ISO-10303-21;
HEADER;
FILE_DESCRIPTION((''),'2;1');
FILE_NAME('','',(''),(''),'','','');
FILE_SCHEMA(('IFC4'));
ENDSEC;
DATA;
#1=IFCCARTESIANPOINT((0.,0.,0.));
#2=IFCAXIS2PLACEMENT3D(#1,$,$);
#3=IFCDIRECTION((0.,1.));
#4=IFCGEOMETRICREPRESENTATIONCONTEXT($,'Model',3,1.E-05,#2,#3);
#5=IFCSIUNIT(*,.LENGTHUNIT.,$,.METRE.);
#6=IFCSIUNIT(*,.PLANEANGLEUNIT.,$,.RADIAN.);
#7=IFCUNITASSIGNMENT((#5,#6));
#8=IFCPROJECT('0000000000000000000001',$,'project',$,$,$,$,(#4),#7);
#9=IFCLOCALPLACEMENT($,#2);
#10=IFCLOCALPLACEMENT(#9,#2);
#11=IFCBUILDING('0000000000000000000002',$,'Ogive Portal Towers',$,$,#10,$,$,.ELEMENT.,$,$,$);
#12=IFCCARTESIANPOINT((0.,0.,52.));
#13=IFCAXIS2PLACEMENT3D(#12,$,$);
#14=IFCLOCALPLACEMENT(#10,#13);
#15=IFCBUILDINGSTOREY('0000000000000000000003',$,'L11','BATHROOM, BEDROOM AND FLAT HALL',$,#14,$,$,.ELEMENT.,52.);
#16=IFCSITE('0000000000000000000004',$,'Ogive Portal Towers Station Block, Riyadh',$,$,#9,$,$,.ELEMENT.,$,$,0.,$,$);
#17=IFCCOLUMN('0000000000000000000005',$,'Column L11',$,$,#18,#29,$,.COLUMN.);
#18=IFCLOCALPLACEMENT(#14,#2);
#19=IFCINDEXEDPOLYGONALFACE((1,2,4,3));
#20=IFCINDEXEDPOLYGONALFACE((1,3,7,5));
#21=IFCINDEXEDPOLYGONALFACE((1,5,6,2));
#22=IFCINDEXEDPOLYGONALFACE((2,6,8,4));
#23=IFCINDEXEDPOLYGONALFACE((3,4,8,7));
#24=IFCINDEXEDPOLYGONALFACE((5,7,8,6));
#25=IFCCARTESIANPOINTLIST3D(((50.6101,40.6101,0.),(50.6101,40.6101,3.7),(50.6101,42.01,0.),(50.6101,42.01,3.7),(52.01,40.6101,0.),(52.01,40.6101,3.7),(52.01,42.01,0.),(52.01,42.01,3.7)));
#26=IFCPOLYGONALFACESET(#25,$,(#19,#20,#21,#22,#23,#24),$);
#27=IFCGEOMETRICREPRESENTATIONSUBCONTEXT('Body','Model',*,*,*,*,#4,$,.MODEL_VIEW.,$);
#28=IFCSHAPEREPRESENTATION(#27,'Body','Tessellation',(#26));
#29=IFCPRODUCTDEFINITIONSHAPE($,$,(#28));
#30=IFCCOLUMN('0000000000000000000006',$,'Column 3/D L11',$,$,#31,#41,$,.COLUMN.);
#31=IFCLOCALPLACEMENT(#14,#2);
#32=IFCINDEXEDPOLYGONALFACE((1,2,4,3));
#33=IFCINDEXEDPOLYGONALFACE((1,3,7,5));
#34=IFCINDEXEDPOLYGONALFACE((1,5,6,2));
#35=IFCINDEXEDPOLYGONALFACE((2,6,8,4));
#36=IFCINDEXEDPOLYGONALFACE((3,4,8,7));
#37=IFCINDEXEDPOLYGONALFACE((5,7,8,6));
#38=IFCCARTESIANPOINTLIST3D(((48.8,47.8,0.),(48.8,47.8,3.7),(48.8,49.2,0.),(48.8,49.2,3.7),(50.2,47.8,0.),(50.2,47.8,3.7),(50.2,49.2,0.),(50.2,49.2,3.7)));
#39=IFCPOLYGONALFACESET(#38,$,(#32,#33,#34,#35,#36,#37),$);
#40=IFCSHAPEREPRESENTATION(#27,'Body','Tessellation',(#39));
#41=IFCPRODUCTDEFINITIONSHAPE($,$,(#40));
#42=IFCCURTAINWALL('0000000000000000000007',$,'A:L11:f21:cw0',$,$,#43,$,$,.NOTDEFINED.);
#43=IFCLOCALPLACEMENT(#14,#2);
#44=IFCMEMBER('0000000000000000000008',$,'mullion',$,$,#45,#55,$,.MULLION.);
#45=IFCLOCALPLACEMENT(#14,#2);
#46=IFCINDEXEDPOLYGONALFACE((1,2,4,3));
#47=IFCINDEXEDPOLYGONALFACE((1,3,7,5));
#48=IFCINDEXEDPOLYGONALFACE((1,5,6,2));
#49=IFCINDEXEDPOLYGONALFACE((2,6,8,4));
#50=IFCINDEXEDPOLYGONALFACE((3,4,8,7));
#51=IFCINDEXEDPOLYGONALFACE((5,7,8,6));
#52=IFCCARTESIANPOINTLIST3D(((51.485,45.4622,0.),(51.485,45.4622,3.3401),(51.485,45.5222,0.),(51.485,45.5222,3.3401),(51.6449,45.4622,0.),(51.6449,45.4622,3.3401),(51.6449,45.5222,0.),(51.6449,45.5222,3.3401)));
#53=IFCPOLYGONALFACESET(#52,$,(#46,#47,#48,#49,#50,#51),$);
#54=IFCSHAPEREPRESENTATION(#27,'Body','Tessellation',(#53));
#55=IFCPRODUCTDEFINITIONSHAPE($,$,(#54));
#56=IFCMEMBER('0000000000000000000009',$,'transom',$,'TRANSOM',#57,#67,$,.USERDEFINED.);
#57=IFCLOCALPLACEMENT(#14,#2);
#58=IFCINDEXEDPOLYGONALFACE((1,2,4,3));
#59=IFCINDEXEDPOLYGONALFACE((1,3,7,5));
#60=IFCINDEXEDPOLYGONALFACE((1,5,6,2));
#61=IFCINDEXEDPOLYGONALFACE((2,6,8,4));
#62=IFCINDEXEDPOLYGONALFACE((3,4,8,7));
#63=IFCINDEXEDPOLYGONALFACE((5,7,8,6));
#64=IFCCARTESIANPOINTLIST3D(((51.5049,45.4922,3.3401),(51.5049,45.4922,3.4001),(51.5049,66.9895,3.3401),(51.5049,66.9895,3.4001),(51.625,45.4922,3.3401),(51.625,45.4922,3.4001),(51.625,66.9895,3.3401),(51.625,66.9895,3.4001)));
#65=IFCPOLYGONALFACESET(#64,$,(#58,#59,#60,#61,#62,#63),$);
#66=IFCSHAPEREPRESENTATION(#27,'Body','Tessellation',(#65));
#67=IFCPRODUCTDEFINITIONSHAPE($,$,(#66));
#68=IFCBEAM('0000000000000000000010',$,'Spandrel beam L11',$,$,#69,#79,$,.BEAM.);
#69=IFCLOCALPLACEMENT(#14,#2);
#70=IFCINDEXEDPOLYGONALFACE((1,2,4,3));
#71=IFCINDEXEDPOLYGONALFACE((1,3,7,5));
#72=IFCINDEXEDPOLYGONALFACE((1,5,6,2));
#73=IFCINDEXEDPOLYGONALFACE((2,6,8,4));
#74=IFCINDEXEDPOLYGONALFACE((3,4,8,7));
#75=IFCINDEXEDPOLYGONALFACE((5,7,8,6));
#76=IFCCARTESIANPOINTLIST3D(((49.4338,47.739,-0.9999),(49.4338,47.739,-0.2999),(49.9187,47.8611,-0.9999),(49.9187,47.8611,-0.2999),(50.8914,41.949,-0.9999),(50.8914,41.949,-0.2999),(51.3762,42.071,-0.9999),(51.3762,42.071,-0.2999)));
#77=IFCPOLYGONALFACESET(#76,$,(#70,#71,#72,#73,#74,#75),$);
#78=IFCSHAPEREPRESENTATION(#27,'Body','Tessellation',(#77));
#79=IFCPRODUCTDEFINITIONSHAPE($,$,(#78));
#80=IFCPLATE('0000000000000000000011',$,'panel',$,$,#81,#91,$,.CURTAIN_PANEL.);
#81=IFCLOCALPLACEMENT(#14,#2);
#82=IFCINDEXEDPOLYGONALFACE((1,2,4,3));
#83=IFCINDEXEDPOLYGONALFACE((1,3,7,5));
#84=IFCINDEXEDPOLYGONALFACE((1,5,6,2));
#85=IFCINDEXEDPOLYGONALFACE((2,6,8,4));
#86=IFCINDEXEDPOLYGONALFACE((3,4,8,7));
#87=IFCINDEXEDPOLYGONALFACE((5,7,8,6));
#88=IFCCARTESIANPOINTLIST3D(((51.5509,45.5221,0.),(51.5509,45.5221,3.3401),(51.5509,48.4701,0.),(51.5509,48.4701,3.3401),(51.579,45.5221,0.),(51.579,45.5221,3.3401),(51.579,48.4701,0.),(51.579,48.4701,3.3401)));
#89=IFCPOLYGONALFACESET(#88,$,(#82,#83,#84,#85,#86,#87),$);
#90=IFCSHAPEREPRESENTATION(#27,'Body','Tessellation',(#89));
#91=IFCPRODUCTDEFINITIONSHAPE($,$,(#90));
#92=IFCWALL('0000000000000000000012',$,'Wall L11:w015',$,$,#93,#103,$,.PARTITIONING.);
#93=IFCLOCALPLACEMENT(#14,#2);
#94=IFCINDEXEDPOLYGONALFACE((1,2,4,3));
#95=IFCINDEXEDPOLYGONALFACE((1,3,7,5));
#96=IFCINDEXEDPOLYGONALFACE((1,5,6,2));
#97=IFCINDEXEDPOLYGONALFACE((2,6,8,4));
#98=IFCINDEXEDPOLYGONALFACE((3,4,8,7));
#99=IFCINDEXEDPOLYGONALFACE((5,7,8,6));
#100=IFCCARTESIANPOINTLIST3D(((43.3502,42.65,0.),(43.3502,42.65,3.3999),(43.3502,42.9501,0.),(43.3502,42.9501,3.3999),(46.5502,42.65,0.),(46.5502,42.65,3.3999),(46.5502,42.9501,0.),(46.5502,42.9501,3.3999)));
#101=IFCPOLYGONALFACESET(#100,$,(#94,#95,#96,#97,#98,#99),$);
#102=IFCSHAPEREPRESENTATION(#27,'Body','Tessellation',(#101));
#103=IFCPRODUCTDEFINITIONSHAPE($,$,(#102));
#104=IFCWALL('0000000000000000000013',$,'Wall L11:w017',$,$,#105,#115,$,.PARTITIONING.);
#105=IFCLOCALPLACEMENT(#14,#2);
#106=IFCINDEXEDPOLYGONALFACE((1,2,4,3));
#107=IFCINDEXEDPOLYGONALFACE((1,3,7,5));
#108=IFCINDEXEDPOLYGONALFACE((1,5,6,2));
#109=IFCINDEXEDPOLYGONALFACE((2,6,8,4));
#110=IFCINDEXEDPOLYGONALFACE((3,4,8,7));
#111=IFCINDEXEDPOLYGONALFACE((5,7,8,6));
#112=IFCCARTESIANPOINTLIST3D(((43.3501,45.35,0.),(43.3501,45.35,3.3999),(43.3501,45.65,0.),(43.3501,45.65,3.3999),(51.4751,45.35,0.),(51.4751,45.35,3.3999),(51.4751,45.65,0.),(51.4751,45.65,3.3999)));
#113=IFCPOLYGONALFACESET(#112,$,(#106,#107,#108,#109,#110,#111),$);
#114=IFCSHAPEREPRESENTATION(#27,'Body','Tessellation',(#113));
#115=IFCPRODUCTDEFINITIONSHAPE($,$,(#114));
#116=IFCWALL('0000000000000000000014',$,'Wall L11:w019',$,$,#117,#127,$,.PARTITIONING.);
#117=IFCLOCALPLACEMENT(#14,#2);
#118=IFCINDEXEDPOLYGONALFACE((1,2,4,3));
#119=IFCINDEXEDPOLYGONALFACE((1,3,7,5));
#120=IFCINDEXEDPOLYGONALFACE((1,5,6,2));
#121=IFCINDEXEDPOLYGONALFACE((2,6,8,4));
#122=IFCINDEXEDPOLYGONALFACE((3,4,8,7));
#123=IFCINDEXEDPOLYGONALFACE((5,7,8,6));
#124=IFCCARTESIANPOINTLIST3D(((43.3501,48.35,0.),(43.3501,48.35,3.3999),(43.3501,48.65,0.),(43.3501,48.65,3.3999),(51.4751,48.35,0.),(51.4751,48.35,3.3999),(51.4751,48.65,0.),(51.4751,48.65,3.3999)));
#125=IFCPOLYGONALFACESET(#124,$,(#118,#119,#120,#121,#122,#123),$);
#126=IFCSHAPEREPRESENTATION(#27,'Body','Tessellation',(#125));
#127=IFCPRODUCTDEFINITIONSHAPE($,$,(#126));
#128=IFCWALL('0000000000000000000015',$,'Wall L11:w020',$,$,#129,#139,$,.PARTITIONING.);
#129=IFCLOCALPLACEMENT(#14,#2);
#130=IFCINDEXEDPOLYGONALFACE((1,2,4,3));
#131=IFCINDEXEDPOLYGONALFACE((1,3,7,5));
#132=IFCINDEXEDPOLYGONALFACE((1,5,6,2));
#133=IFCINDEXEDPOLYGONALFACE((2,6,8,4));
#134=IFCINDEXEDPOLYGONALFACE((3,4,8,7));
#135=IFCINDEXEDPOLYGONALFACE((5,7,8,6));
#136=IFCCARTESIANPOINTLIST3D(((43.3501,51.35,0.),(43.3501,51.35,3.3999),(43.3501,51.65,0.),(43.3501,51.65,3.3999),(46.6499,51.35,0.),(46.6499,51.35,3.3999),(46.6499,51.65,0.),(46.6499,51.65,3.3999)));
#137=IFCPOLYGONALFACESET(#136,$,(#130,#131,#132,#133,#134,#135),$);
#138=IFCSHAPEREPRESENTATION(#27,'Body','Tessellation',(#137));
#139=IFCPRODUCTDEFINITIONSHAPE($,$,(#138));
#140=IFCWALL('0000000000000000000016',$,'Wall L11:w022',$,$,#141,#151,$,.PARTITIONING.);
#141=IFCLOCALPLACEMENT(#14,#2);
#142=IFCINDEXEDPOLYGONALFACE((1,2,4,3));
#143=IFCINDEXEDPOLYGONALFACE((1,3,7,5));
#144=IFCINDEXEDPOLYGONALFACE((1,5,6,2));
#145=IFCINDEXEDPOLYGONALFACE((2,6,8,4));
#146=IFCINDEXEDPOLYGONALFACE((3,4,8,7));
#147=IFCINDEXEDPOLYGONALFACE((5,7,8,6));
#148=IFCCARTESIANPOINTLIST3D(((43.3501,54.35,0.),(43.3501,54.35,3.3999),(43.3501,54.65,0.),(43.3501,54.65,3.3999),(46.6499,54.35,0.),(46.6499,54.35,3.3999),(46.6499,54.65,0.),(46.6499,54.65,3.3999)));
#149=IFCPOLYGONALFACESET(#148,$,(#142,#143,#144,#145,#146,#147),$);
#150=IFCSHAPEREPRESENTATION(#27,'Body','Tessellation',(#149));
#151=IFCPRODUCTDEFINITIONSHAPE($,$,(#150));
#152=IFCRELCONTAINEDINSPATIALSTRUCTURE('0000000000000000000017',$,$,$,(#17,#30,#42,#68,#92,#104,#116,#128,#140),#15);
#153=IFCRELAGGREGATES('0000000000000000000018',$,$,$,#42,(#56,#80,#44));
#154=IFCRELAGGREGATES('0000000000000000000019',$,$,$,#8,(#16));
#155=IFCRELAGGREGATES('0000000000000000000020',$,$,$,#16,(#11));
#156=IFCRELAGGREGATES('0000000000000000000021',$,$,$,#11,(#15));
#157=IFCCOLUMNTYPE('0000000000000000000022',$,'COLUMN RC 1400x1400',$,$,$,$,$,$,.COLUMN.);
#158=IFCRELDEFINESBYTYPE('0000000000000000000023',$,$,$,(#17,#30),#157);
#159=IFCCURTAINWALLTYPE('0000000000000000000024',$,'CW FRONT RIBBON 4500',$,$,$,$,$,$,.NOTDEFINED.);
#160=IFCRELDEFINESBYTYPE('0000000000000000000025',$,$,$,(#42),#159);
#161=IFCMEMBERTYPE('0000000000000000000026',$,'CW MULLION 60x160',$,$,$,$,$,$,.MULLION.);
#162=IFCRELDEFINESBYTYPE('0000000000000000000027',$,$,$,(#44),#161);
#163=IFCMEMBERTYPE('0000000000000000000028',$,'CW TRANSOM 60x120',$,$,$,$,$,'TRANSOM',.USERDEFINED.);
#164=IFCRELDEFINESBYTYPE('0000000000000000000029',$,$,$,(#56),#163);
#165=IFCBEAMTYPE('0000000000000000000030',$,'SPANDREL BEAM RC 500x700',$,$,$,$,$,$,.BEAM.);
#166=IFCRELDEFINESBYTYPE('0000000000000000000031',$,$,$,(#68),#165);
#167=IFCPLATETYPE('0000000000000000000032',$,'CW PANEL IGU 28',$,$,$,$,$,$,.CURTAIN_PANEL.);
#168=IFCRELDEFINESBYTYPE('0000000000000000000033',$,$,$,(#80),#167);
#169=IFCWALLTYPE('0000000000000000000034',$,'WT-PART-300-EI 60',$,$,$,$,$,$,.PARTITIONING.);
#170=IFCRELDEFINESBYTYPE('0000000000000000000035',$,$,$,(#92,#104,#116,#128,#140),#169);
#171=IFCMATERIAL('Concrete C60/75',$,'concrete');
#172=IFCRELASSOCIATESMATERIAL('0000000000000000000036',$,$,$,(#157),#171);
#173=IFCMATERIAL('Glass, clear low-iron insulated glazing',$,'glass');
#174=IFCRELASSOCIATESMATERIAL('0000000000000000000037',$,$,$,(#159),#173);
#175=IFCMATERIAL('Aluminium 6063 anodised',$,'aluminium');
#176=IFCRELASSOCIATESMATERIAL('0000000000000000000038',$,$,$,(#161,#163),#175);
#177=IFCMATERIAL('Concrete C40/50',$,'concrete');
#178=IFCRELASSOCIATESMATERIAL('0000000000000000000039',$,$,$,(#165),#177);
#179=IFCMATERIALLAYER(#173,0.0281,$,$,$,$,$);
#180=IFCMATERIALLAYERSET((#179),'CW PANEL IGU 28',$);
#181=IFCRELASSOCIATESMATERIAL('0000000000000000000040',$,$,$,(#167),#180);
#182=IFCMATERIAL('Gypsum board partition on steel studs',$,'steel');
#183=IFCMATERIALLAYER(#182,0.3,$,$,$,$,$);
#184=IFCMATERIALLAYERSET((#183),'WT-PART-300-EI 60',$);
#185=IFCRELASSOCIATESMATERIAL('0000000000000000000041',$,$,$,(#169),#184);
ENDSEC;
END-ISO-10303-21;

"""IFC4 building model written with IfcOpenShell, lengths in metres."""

from ifc_helpers import new_model, si_unit, direction, frame, frame_2d, origin, origin_2d, place, context, subcontext, project, spatial, rectangle, extrude, material, layer, layer_set, material_profile, profile_set, type_object, element, aggregate, save


model = new_model("IFC4")

# Units and contexts
model_context = context("Model", 3, precision=1e-05, world=origin(), true_north=direction((0.0, 1.0)))
body_context = subcontext(model_context, "Body", "Model", "MODEL_VIEW")
ifc_project = project(units=[si_unit("LENGTHUNIT", "METRE"), si_unit("PLANEANGLEUNIT", "RADIAN")], contexts=[model_context])

# Site, building, storey
site_placement = place(None, origin())
site = spatial("IfcSite", under=ifc_project, at=site_placement, Name="Ogive Portal Towers Station Block, Riyadh", CompositionType="ELEMENT", RefElevation=0.0)
building_placement = place(site_placement, origin())
building = spatial("IfcBuilding", under=site, at=building_placement, Name="Ogive Portal Towers", CompositionType="ELEMENT")
storey_placement = place(building_placement, frame((0.0, 0.0, 52.0)))
storey = spatial("IfcBuildingStorey", under=building, at=storey_placement, Name="L11", Description="BATHROOM, BEDROOM AND FLAT HALL", CompositionType="ELEMENT", Elevation=52.0)

# Columns
ifc_material_1 = material(Name="Concrete C60/75", Category="concrete")
ifc_material_profile_1 = material_profile(ifc_material_1, rectangle(XDim=1.3999, YDim=1.3999, at=origin_2d()), Name="RC 1400x1400")
ifc_profile_set_1 = profile_set([ifc_material_profile_1], Name="Concrete C60/75")
column_type = type_object("IfcColumnType", Name="COLUMN RC 1400x1400", PredefinedType="COLUMN", material=ifc_profile_set_1)
for number, where, z_axis, x_axis, name in (
    (1, (51.3101, 41.3101, 0.0), (0.0, 0.0, 1.0), (1.0, 0.0, 0.0), "Column L11"),
    (2, (49.5, 48.5, 0.0), (0.0, 0.0, 1.0), (1.0, 0.0, 0.0), "Column 3/D L11"),
):
    element("IfcColumn", number, at=place(storey_placement, frame(where, z_axis=z_axis, x_axis=x_axis)), inside=storey, type_object=column_type, Name=name, PredefinedType="COLUMN", context=body_context, shape_type="SweptSolid", body=[
        extrude(rectangle(XDim=1.3999, YDim=1.3999, at=origin_2d()), origin(), (0.0, 0.0, 1.0), 3.7),
    ])

# Curtain wall, members
ifc_material_2 = material(Name="Glass, clear low-iron insulated glazing", Category="glass")
curtain_wall_type = type_object("IfcCurtainWallType", Name="CW FRONT RIBBON 4500", PredefinedType="NOTDEFINED", material=ifc_material_2)
curtain_wall_placement = place(storey_placement, origin())
curtain_wall = element("IfcCurtainWall", 3, at=curtain_wall_placement, inside=storey, type_object=curtain_wall_type, Name="A:L11:f21:cw0", PredefinedType="NOTDEFINED")
ifc_material_3 = material(Name="Aluminium 6063 anodised", Category="aluminium")
ifc_material_profile_2 = material_profile(ifc_material_3, rectangle(XDim=0.1599, YDim=0.0601, at=origin_2d()), Name="AL 60x160")
ifc_profile_set_2 = profile_set([ifc_material_profile_2], Name="Aluminium 6063 anodised")
member_type_1 = type_object("IfcMemberType", Name="CW MULLION 60x160", PredefinedType="MULLION", material=ifc_profile_set_2)
member_1_placement = place(storey_placement, frame((51.5649, 45.4922, 0.0), z_axis=(0.0, 0.0, 1.0), x_axis=(-1.0, 0.0, 0.0)))
member_1 = element("IfcMember", 4, at=member_1_placement, type_object=member_type_1, Name="mullion", PredefinedType="MULLION", context=body_context, shape_type="SweptSolid", body=[
    extrude(rectangle(XDim=0.1599, YDim=0.0601, at=origin_2d()), origin(), (0.0, 0.0, 1.0), 3.3401),
])
ifc_material_profile_3 = material_profile(ifc_material_3, rectangle(XDim=0.1201, YDim=0.0601, at=origin_2d()), Name="AL 120x60")
ifc_profile_set_3 = profile_set([ifc_material_profile_3], Name="Aluminium 6063 anodised")
member_type_2 = type_object("IfcMemberType", Name="CW TRANSOM 60x120", ElementType="TRANSOM", PredefinedType="USERDEFINED", material=ifc_profile_set_3)
member_2_placement = place(storey_placement, frame((51.5649, 45.4922, 3.3701), z_axis=(0.0, 1.0, 0.0), x_axis=(-1.0, 0.0, 0.0)))
member_2 = element("IfcMember", 5, at=member_2_placement, type_object=member_type_2, Name="transom", ObjectType="TRANSOM", PredefinedType="USERDEFINED", context=body_context, shape_type="SweptSolid", body=[
    extrude(rectangle(XDim=0.1201, YDim=0.0601, at=origin_2d()), origin(), (0.0, 0.0, 1.0), 21.4973),
])

# Beam
ifc_material_4 = material(Name="Concrete C40/50", Category="concrete")
ifc_material_profile_4 = material_profile(ifc_material_4, rectangle(XDim=0.5, YDim=0.7, at=origin_2d()), Name="RC 500x700")
ifc_profile_set_4 = profile_set([ifc_material_profile_4], Name="Concrete C40/50")
beam_type = type_object("IfcBeamType", Name="SPANDREL BEAM RC 500x700", PredefinedType="BEAM", material=ifc_profile_set_4)
beam_placement = place(storey_placement, frame((49.6763, 47.8, -0.6499), z_axis=(0.244113, -0.969747, 0.0), x_axis=(0.969747, 0.244113, 0.0)))
element("IfcBeam", 6, at=beam_placement, inside=storey, type_object=beam_type, Name="Spandrel beam L11", PredefinedType="BEAM", context=body_context, shape_type="SweptSolid", body=[
    extrude(rectangle(XDim=0.5, YDim=0.7, at=origin_2d()), origin(), (0.0, 0.0, 1.0), 5.9707),
])

# Plate
ifc_layer_1 = layer(ifc_material_2, 0.0281)
ifc_layer_set_1 = layer_set([ifc_layer_1], Name="CW PANEL IGU 28")
plate_type = type_object("IfcPlateType", Name="CW PANEL IGU 28", PredefinedType="CURTAIN_PANEL", material=ifc_layer_set_1)
plate_placement = place(storey_placement, frame((51.5649, 46.9961, 0.0), z_axis=(0.0, 0.0, 1.0), x_axis=(0.0, 1.0, 0.0)))
plate = element("IfcPlate", 7, at=plate_placement, type_object=plate_type, Name="panel", PredefinedType="CURTAIN_PANEL", context=body_context, shape_type="SweptSolid", body=[
    extrude(rectangle(XDim=2.948, YDim=0.0281, at=origin_2d()), origin(), (0.0, 0.0, 1.0), 3.3401),
])
aggregate(curtain_wall, [member_2, plate, member_1])

# Walls
ifc_material_5 = material(Name="Gypsum board partition on steel studs", Category="steel")
ifc_layer_2 = layer(ifc_material_5, 0.3)
ifc_layer_set_2 = layer_set([ifc_layer_2], Name="WT-PART-300-EI 60")
wall_type_1 = type_object("IfcWallType", Name="WT-PART-300-EI 60", PredefinedType="PARTITIONING", material=ifc_layer_set_2)
wall_1_placement = place(storey_placement, frame((43.3501, 42.8, 0.0), z_axis=(0.0, 0.0, 1.0), x_axis=(1.0, 0.0, 0.0)))
element("IfcWall", 8, at=wall_1_placement, inside=storey, type_object=wall_type_1, Name="Wall L11:w015", PredefinedType="PARTITIONING", context=body_context, shape_type="SweptSolid", body=[
    extrude(rectangle(XDim=3.2, YDim=0.3, at=frame_2d((1.6001, 0.0))), origin(), (0.0, 0.0, 1.0), 3.3999),
])
for number, where, z_axis, x_axis, name in (
    (9, (43.3501, 45.5, 0.0), (0.0, 0.0, 1.0), (1.0, 0.0, 0.0), "Wall L11:w017"),
    (10, (43.3501, 48.5, 0.0), (0.0, 0.0, 1.0), (1.0, 0.0, 0.0), "Wall L11:w019"),
):
    element("IfcWall", number, at=place(storey_placement, frame(where, z_axis=z_axis, x_axis=x_axis)), inside=storey, type_object=wall_type_1, Name=name, PredefinedType="PARTITIONING", context=body_context, shape_type="SweptSolid", body=[
        extrude(rectangle(XDim=8.125, YDim=0.3, at=frame_2d((4.0625, 0.0))), origin(), (0.0, 0.0, 1.0), 3.3999),
    ])
for number, where, z_axis, x_axis, name in (
    (11, (43.3501, 51.5, 0.0), (0.0, 0.0, 1.0), (1.0, 0.0, 0.0), "Wall L11:w020"),
    (12, (43.3501, 54.5, 0.0), (0.0, 0.0, 1.0), (1.0, 0.0, 0.0), "Wall L11:w022"),
):
    element("IfcWall", number, at=place(storey_placement, frame(where, z_axis=z_axis, x_axis=x_axis)), inside=storey, type_object=wall_type_1, Name=name, PredefinedType="PARTITIONING", context=body_context, shape_type="SweptSolid", body=[
        extrude(rectangle(XDim=3.2998, YDim=0.3, at=frame_2d((1.6499, 0.0))), origin(), (0.0, 0.0, 1.0), 3.3999),
    ])

save(model, "model.ifc")
